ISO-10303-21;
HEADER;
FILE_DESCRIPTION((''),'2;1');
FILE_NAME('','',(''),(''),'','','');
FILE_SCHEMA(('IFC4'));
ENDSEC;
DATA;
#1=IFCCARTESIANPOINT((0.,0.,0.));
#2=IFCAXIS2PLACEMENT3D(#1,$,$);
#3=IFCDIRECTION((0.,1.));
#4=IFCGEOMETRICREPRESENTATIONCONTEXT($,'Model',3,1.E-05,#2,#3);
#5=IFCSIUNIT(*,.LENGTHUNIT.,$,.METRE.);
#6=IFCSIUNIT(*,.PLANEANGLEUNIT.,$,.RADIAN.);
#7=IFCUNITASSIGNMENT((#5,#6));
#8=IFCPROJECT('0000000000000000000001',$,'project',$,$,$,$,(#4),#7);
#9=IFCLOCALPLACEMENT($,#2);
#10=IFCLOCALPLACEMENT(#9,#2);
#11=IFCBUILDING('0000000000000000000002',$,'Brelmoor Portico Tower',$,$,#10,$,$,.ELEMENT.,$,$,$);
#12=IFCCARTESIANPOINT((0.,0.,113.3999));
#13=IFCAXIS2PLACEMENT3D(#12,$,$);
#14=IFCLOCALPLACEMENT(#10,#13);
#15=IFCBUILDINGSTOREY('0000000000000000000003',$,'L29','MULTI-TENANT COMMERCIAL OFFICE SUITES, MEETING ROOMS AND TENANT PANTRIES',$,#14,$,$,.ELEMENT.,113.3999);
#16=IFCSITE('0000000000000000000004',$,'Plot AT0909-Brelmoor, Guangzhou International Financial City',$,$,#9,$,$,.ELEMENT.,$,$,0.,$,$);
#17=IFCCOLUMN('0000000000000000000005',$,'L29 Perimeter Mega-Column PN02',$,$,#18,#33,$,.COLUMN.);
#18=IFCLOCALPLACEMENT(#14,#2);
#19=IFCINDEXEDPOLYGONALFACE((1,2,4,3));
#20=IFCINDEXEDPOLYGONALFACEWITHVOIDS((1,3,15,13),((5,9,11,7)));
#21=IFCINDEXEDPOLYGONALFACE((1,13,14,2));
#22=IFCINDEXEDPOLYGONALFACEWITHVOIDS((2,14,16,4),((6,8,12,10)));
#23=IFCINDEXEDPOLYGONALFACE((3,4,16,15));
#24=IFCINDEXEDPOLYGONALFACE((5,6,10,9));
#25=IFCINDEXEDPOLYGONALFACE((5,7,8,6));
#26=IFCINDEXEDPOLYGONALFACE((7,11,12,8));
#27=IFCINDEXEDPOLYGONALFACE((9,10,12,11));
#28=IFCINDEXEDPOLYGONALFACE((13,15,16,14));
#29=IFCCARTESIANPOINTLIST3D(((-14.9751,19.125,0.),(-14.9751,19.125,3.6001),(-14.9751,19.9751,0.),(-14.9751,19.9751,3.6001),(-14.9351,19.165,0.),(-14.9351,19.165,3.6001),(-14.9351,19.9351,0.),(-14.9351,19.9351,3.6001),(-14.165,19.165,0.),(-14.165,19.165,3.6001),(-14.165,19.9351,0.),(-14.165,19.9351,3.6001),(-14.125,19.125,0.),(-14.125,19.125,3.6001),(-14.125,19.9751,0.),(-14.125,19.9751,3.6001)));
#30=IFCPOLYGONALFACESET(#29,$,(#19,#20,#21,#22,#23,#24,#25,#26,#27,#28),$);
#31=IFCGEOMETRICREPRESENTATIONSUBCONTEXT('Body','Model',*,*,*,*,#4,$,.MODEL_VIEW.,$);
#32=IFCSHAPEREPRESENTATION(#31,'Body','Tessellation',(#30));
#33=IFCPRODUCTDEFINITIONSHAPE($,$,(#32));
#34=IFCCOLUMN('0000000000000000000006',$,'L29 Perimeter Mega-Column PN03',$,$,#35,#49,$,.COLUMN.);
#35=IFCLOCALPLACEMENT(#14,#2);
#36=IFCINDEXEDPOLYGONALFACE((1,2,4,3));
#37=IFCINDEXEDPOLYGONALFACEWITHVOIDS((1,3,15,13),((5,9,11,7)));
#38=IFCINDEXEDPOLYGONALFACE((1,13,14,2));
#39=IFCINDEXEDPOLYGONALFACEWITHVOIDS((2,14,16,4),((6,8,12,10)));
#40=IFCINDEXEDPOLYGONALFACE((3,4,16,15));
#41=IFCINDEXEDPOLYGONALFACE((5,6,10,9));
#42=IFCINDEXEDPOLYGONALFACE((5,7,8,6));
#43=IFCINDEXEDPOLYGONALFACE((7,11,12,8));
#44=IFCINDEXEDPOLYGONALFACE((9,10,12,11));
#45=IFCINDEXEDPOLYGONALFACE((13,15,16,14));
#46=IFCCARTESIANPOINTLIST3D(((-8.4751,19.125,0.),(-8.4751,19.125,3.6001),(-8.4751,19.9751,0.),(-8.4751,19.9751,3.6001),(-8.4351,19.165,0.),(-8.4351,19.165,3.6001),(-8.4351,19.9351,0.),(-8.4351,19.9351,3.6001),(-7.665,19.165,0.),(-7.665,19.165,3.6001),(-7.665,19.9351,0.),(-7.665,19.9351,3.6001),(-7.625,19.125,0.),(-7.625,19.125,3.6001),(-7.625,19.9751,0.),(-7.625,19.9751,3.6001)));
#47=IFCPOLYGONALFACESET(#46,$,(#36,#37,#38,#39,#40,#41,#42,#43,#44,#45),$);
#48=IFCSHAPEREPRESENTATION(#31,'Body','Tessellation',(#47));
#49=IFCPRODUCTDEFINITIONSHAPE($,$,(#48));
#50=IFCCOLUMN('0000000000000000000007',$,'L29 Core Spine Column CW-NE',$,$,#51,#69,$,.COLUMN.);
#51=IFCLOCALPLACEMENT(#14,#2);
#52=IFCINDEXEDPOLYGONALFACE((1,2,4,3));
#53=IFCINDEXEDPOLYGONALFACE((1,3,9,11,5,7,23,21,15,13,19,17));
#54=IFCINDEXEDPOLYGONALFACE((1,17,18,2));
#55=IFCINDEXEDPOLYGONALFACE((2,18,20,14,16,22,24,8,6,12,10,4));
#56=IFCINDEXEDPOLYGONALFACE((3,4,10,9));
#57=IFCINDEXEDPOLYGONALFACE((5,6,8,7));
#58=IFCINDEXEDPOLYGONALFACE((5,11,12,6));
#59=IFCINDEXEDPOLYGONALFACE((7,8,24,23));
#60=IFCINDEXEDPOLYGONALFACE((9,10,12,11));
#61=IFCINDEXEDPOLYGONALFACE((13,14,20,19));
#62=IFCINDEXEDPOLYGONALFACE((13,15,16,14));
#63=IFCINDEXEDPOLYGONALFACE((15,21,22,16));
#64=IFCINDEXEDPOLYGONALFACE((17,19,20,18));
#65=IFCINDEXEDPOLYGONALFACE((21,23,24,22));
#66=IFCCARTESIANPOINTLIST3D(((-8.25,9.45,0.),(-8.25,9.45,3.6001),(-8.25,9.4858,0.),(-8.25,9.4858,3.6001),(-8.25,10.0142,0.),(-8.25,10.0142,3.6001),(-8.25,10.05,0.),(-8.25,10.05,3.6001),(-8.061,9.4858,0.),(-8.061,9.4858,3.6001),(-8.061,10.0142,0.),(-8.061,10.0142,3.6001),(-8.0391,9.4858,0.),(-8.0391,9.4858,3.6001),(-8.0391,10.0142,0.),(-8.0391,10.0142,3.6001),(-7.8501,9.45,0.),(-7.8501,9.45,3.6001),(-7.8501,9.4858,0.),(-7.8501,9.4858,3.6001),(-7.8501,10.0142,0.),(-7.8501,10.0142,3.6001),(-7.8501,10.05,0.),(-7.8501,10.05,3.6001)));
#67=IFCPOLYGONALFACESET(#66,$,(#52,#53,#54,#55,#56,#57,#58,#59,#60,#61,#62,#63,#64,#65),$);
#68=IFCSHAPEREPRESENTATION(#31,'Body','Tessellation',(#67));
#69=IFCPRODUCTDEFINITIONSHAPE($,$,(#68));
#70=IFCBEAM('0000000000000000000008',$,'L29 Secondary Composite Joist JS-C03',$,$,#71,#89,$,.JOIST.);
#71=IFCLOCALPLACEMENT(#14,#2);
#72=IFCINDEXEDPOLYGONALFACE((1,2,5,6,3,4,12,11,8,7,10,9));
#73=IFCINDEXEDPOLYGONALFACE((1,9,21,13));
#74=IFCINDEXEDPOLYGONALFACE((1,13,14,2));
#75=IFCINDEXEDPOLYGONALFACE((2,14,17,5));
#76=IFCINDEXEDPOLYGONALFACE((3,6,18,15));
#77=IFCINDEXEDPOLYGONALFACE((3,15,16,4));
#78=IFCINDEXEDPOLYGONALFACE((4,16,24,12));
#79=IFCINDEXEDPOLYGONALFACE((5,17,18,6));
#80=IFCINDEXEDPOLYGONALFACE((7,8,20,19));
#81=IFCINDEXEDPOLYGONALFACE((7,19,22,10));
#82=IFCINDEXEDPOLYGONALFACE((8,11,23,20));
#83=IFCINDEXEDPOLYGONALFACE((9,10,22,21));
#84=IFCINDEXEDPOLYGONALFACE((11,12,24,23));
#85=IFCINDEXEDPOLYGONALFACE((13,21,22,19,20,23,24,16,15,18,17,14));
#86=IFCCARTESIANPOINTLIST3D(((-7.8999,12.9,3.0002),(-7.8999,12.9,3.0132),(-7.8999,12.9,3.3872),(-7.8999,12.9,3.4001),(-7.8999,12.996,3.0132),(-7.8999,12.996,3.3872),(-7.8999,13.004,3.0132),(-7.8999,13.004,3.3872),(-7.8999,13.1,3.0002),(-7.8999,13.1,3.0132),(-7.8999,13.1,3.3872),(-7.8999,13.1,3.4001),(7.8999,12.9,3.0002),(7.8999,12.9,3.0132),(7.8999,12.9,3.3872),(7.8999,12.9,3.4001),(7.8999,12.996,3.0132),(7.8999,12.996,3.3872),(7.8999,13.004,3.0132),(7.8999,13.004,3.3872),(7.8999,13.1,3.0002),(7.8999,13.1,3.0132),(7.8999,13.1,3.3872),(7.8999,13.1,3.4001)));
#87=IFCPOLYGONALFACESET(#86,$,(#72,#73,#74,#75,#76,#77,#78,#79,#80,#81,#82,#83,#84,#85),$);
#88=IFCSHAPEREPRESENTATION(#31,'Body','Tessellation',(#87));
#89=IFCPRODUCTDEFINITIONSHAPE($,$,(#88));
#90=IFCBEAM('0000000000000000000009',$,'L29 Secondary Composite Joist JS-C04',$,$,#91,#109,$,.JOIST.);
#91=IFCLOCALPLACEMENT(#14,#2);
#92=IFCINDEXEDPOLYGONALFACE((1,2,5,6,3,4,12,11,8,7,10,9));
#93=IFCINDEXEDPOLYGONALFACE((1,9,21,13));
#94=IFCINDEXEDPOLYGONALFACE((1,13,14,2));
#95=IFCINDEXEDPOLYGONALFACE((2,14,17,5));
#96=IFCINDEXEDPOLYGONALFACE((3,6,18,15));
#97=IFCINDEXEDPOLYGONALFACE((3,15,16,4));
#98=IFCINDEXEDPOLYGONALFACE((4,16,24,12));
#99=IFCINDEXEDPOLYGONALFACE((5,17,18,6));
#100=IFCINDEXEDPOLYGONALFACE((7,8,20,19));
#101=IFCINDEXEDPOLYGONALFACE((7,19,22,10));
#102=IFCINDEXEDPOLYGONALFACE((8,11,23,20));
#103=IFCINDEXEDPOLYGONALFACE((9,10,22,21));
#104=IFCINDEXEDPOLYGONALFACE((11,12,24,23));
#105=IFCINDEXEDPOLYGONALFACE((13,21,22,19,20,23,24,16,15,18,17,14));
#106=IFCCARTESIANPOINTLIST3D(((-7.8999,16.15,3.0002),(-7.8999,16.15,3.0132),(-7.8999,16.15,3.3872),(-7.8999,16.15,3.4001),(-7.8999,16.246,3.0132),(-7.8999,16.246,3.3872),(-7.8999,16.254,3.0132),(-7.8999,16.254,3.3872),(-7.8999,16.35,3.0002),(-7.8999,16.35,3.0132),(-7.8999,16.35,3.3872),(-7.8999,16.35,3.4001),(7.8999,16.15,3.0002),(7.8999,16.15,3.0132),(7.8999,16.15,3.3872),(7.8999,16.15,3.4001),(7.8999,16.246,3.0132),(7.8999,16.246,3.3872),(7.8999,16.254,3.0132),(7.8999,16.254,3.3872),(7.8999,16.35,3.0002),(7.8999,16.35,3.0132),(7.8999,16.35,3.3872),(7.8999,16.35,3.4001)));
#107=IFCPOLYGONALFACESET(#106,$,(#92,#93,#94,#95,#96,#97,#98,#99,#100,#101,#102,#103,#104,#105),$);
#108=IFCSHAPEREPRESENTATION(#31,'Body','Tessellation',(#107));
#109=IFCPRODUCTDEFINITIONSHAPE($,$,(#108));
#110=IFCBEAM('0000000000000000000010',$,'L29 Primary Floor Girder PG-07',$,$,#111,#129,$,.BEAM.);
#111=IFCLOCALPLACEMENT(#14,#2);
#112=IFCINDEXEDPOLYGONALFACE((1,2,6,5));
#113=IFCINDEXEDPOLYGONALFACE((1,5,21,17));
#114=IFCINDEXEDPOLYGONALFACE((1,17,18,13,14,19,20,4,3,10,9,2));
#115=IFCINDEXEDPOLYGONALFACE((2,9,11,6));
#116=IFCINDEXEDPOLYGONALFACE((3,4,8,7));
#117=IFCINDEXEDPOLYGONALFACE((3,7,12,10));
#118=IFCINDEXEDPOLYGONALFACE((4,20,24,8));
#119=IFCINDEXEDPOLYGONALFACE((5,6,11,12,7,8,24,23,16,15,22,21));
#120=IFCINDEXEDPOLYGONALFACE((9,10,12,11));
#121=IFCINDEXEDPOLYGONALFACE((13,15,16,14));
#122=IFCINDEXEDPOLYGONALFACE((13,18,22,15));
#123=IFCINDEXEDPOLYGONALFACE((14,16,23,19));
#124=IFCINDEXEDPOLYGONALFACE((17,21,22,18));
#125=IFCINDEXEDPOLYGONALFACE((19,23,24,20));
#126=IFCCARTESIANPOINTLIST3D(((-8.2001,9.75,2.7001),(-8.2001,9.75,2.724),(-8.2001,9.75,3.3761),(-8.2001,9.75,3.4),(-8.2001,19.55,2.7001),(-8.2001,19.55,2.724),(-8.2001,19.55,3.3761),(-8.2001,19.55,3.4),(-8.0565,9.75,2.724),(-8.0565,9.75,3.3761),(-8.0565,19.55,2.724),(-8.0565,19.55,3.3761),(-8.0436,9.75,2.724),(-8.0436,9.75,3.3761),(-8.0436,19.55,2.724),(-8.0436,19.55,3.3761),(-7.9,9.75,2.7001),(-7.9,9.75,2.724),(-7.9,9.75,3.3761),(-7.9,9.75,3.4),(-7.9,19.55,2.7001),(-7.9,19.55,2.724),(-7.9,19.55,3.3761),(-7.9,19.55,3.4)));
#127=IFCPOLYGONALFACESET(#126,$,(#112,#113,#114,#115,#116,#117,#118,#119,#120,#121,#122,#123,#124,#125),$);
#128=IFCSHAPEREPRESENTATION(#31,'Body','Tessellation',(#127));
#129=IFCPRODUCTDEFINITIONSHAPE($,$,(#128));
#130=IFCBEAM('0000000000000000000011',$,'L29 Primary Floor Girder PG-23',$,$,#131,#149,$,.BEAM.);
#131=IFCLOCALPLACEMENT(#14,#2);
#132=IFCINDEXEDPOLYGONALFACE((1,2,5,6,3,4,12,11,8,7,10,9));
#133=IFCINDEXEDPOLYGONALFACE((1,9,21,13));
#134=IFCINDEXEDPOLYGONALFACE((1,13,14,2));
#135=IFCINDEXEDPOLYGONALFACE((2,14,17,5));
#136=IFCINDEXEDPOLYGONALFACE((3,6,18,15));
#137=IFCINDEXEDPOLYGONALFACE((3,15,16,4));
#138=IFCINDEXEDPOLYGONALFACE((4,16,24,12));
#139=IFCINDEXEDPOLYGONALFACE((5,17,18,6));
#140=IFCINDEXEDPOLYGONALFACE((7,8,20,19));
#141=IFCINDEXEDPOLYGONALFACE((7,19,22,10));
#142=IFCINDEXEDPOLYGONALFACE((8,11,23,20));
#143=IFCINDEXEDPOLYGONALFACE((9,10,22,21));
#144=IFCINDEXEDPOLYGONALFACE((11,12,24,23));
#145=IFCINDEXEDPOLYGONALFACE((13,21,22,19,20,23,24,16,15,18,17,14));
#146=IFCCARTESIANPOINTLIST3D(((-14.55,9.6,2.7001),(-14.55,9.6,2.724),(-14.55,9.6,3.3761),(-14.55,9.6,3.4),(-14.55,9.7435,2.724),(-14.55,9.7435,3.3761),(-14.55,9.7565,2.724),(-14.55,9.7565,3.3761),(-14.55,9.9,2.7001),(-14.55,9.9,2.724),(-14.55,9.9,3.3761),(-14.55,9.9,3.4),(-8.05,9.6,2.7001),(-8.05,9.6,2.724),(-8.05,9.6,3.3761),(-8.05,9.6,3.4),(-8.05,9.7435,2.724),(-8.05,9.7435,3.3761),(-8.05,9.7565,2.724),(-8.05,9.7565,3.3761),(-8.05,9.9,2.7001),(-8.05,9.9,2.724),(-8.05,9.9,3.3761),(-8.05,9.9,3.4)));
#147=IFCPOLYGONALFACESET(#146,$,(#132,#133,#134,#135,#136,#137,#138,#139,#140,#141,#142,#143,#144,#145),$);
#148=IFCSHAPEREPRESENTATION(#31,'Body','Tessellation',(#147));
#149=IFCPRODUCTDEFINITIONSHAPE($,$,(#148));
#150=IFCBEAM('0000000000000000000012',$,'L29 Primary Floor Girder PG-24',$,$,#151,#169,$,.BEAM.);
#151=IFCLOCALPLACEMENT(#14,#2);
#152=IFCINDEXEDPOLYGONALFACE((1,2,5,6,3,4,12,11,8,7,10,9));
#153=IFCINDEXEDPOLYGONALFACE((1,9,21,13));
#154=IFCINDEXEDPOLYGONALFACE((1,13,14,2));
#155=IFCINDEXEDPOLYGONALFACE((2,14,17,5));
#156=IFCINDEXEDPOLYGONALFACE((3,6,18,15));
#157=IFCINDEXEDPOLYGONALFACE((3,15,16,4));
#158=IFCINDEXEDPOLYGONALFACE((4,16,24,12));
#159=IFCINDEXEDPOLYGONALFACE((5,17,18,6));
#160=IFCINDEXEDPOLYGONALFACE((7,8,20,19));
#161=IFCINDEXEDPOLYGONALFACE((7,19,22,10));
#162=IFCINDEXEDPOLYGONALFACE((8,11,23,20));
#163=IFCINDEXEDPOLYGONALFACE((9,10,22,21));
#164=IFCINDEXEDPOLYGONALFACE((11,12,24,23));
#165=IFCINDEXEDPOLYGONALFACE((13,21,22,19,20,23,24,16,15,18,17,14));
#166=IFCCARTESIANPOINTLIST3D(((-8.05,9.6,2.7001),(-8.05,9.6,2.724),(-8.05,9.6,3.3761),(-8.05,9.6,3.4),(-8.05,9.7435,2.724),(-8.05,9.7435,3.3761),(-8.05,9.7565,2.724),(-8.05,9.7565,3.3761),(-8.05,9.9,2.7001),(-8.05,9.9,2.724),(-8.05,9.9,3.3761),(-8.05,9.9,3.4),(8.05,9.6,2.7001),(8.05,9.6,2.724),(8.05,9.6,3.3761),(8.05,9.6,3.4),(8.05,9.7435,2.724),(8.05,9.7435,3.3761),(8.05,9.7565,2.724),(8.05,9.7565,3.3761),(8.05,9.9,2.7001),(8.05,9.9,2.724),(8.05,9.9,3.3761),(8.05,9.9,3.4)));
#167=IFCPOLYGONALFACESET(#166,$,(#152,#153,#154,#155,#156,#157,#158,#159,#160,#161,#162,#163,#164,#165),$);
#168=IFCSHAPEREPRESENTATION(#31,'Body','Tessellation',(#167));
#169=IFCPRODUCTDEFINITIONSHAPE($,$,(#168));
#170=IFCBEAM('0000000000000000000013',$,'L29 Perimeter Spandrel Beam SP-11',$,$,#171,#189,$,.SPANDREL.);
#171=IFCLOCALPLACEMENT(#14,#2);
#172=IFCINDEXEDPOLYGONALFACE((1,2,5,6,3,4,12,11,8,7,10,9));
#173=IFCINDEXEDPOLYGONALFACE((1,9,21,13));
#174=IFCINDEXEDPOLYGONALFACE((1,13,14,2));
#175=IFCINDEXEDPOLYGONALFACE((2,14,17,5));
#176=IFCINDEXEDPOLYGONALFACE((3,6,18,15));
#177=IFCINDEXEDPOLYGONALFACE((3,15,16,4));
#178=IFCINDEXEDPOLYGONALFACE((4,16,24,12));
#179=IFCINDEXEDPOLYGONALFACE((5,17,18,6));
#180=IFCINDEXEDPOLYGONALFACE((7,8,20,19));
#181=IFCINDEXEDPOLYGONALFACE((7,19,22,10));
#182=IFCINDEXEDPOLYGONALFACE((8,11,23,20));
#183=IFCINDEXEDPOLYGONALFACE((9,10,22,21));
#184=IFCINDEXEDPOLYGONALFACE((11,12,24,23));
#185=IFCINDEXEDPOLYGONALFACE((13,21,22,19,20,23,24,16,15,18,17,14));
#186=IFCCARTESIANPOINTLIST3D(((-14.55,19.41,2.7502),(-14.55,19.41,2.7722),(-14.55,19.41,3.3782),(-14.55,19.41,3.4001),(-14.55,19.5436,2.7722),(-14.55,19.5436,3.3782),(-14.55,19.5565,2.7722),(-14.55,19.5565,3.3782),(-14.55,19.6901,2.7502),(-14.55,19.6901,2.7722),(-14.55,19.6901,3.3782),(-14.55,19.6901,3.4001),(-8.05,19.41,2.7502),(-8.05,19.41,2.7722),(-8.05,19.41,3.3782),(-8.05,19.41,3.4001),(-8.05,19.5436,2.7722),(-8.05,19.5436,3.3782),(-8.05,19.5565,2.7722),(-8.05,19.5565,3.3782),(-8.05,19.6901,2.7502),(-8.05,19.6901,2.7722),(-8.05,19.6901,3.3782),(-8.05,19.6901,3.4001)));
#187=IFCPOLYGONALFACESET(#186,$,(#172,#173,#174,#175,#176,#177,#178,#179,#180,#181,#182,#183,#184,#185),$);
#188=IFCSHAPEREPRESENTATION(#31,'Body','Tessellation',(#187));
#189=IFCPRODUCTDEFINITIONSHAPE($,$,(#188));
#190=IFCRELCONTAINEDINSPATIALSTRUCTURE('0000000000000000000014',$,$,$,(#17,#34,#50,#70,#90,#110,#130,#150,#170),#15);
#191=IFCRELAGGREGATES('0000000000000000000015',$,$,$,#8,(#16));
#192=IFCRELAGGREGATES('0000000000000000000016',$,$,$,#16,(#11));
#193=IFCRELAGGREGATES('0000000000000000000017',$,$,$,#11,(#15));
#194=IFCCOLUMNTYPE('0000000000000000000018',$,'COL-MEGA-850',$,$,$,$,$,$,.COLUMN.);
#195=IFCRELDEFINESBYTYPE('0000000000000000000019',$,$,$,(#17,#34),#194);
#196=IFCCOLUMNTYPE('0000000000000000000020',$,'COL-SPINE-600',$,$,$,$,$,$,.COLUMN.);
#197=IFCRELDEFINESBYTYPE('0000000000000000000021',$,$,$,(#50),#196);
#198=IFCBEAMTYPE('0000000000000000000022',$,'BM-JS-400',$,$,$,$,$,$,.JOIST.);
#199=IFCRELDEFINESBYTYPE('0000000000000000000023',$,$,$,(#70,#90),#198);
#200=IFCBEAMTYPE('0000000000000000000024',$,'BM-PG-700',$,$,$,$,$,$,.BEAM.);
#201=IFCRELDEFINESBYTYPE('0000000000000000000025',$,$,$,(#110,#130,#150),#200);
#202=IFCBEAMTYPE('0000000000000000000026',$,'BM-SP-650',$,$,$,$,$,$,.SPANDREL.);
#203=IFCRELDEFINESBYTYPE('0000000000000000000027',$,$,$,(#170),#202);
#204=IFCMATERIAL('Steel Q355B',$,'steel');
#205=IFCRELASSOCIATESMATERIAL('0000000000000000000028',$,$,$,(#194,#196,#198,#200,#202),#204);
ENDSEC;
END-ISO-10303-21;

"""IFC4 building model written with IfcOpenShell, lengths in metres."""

from ifc_helpers import new_model, si_unit, direction, frame, origin, origin_2d, place, context, subcontext, project, spatial, hollow_rectangle, i_section, extrude, material, material_profile, profile_set, type_object, element, save


model = new_model("IFC4")

# Units and contexts
model_context = context("Model", 3, precision=1e-05, world=origin(), true_north=direction((0.0, 1.0)))
body_context = subcontext(model_context, "Body", "Model", "MODEL_VIEW")
ifc_project = project(units=[si_unit("LENGTHUNIT", "METRE"), si_unit("PLANEANGLEUNIT", "RADIAN")], contexts=[model_context])

# Site, building, storey
site_placement = place(None, origin())
site = spatial("IfcSite", under=ifc_project, at=site_placement, Name="Plot AT0909-Brelmoor, Guangzhou International Financial City", CompositionType="ELEMENT", RefElevation=0.0)
building_placement = place(site_placement, origin())
building = spatial("IfcBuilding", under=site, at=building_placement, Name="Brelmoor Portico Tower", CompositionType="ELEMENT")
storey_placement = place(building_placement, frame((0.0, 0.0, 113.3999)))
storey = spatial("IfcBuildingStorey", under=building, at=storey_placement, Name="L29", Description="MULTI-TENANT COMMERCIAL OFFICE SUITES, MEETING ROOMS AND TENANT PANTRIES", CompositionType="ELEMENT", Elevation=113.3999)

# Columns
ifc_material_1 = material(Name="Steel Q355B", Category="steel")
ifc_material_profile_1 = material_profile(ifc_material_1, hollow_rectangle(XDim=0.8501, YDim=0.8501, WallThickness=0.04, at=origin_2d()), Name="BOX 850x850x40")
ifc_profile_set_1 = profile_set([ifc_material_profile_1], Name="Steel Q355B")
column_type_1 = type_object("IfcColumnType", Name="COL-MEGA-850", PredefinedType="COLUMN", material=ifc_profile_set_1)
for number, where, z_axis, x_axis, name in (
    (1, (-14.55, 19.55, 0.0), (0.0, 0.0, 1.0), (1.0, 0.0, 0.0), "L29 Perimeter Mega-Column PN02"),
    (2, (-8.05, 19.55, 0.0), (0.0, 0.0, 1.0), (1.0, 0.0, 0.0), "L29 Perimeter Mega-Column PN03"),
):
    element("IfcColumn", number, at=place(storey_placement, frame(where, z_axis=z_axis, x_axis=x_axis)), inside=storey, type_object=column_type_1, Name=name, PredefinedType="COLUMN", context=body_context, shape_type="SweptSolid", body=[
        extrude(hollow_rectangle(XDim=0.8501, YDim=0.8501, WallThickness=0.04, at=origin_2d()), origin(), (0.0, 0.0, 1.0), 3.6001),
    ])
ifc_material_profile_2 = material_profile(ifc_material_1, i_section(OverallWidth=0.3999, OverallDepth=0.6001, WebThickness=0.022, FlangeThickness=0.0359, at=origin_2d()), Name="HW 600x400x22x36")
ifc_profile_set_2 = profile_set([ifc_material_profile_2], Name="Steel Q355B")
column_type_2 = type_object("IfcColumnType", Name="COL-SPINE-600", PredefinedType="COLUMN", material=ifc_profile_set_2)
column_placement = place(storey_placement, frame((-8.05, 9.75, 0.0), z_axis=(0.0, 0.0, 1.0), x_axis=(1.0, 0.0, 0.0)))
element("IfcColumn", 3, at=column_placement, inside=storey, type_object=column_type_2, Name="L29 Core Spine Column CW-NE", PredefinedType="COLUMN", context=body_context, shape_type="SweptSolid", body=[
    extrude(i_section(OverallWidth=0.3999, OverallDepth=0.6001, WebThickness=0.022, FlangeThickness=0.0359, at=origin_2d()), origin(), (0.0, 0.0, 1.0), 3.6001),
])

# Beams
ifc_material_profile_3 = material_profile(ifc_material_1, i_section(OverallWidth=0.2, OverallDepth=0.3999, WebThickness=0.0081, FlangeThickness=0.0129, at=origin_2d()), Name="HN 400x200x8x13")
ifc_profile_set_3 = profile_set([ifc_material_profile_3], Name="Steel Q355B")
beam_type_1 = type_object("IfcBeamType", Name="BM-JS-400", PredefinedType="JOIST", material=ifc_profile_set_3)
for number, where, z_axis, x_axis, name in (
    (4, (-7.8999, 13.0, 3.2002), (1.0, 0.0, 0.0), (0.0, 1.0, 0.0), "L29 Secondary Composite Joist JS-C03"),
    (5, (-7.8999, 16.25, 3.2002), (1.0, 0.0, 0.0), (0.0, 1.0, 0.0), "L29 Secondary Composite Joist JS-C04"),
):
    element("IfcBeam", number, at=place(storey_placement, frame(where, z_axis=z_axis, x_axis=x_axis)), inside=storey, type_object=beam_type_1, Name=name, PredefinedType="JOIST", context=body_context, shape_type="SweptSolid", body=[
        extrude(i_section(OverallWidth=0.2, OverallDepth=0.3999, WebThickness=0.0081, FlangeThickness=0.0129, at=origin_2d()), origin(), (0.0, 0.0, 1.0), 15.7998),
    ])
ifc_material_profile_4 = material_profile(ifc_material_1, i_section(OverallWidth=0.3, OverallDepth=0.7, WebThickness=0.0129, FlangeThickness=0.0239, at=origin_2d()), Name="HN 700x300x13x24")
ifc_profile_set_4 = profile_set([ifc_material_profile_4], Name="Steel Q355B")
beam_type_2 = type_object("IfcBeamType", Name="BM-PG-700", PredefinedType="BEAM", material=ifc_profile_set_4)
beam_1_placement = place(storey_placement, frame((-8.05, 9.75, 3.05), z_axis=(0.0, 1.0, 0.0), x_axis=(-1.0, 0.0, 0.0)))
element("IfcBeam", 6, at=beam_1_placement, inside=storey, type_object=beam_type_2, Name="L29 Primary Floor Girder PG-07", PredefinedType="BEAM", context=body_context, shape_type="SweptSolid", body=[
    extrude(i_section(OverallWidth=0.3, OverallDepth=0.7, WebThickness=0.0129, FlangeThickness=0.0239, at=origin_2d()), origin(), (0.0, 0.0, 1.0), 9.8),
])
beam_2_placement = place(storey_placement, frame((-14.55, 9.75, 3.05), z_axis=(1.0, 0.0, 0.0), x_axis=(0.0, 1.0, 0.0)))
element("IfcBeam", 7, at=beam_2_placement, inside=storey, type_object=beam_type_2, Name="L29 Primary Floor Girder PG-23", PredefinedType="BEAM", context=body_context, shape_type="SweptSolid", body=[
    extrude(i_section(OverallWidth=0.3, OverallDepth=0.7, WebThickness=0.0129, FlangeThickness=0.0239, at=origin_2d()), origin(), (0.0, 0.0, 1.0), 6.5),
])
beam_3_placement = place(storey_placement, frame((-8.05, 9.75, 3.05), z_axis=(1.0, 0.0, 0.0), x_axis=(0.0, 1.0, 0.0)))
element("IfcBeam", 8, at=beam_3_placement, inside=storey, type_object=beam_type_2, Name="L29 Primary Floor Girder PG-24", PredefinedType="BEAM", context=body_context, shape_type="SweptSolid", body=[
    extrude(i_section(OverallWidth=0.3, OverallDepth=0.7, WebThickness=0.0129, FlangeThickness=0.0239, at=origin_2d()), origin(), (0.0, 0.0, 1.0), 16.1001),
])
ifc_material_profile_5 = material_profile(ifc_material_1, i_section(OverallWidth=0.28, OverallDepth=0.6499, WebThickness=0.0129, FlangeThickness=0.022, at=origin_2d()), Name="HN 650x280x13x22")
ifc_profile_set_5 = profile_set([ifc_material_profile_5], Name="Steel Q355B")
beam_type_3 = type_object("IfcBeamType", Name="BM-SP-650", PredefinedType="SPANDREL", material=ifc_profile_set_5)
beam_4_placement = place(storey_placement, frame((-14.55, 19.55, 3.0752), z_axis=(1.0, 0.0, 0.0), x_axis=(0.0, 1.0, 0.0)))
element("IfcBeam", 9, at=beam_4_placement, inside=storey, type_object=beam_type_3, Name="L29 Perimeter Spandrel Beam SP-11", PredefinedType="SPANDREL", context=body_context, shape_type="SweptSolid", body=[
    extrude(i_section(OverallWidth=0.28, OverallDepth=0.6499, WebThickness=0.0129, FlangeThickness=0.022, at=origin_2d()), origin(), (0.0, 0.0, 1.0), 6.5),
])

save(model, "model.ifc")
